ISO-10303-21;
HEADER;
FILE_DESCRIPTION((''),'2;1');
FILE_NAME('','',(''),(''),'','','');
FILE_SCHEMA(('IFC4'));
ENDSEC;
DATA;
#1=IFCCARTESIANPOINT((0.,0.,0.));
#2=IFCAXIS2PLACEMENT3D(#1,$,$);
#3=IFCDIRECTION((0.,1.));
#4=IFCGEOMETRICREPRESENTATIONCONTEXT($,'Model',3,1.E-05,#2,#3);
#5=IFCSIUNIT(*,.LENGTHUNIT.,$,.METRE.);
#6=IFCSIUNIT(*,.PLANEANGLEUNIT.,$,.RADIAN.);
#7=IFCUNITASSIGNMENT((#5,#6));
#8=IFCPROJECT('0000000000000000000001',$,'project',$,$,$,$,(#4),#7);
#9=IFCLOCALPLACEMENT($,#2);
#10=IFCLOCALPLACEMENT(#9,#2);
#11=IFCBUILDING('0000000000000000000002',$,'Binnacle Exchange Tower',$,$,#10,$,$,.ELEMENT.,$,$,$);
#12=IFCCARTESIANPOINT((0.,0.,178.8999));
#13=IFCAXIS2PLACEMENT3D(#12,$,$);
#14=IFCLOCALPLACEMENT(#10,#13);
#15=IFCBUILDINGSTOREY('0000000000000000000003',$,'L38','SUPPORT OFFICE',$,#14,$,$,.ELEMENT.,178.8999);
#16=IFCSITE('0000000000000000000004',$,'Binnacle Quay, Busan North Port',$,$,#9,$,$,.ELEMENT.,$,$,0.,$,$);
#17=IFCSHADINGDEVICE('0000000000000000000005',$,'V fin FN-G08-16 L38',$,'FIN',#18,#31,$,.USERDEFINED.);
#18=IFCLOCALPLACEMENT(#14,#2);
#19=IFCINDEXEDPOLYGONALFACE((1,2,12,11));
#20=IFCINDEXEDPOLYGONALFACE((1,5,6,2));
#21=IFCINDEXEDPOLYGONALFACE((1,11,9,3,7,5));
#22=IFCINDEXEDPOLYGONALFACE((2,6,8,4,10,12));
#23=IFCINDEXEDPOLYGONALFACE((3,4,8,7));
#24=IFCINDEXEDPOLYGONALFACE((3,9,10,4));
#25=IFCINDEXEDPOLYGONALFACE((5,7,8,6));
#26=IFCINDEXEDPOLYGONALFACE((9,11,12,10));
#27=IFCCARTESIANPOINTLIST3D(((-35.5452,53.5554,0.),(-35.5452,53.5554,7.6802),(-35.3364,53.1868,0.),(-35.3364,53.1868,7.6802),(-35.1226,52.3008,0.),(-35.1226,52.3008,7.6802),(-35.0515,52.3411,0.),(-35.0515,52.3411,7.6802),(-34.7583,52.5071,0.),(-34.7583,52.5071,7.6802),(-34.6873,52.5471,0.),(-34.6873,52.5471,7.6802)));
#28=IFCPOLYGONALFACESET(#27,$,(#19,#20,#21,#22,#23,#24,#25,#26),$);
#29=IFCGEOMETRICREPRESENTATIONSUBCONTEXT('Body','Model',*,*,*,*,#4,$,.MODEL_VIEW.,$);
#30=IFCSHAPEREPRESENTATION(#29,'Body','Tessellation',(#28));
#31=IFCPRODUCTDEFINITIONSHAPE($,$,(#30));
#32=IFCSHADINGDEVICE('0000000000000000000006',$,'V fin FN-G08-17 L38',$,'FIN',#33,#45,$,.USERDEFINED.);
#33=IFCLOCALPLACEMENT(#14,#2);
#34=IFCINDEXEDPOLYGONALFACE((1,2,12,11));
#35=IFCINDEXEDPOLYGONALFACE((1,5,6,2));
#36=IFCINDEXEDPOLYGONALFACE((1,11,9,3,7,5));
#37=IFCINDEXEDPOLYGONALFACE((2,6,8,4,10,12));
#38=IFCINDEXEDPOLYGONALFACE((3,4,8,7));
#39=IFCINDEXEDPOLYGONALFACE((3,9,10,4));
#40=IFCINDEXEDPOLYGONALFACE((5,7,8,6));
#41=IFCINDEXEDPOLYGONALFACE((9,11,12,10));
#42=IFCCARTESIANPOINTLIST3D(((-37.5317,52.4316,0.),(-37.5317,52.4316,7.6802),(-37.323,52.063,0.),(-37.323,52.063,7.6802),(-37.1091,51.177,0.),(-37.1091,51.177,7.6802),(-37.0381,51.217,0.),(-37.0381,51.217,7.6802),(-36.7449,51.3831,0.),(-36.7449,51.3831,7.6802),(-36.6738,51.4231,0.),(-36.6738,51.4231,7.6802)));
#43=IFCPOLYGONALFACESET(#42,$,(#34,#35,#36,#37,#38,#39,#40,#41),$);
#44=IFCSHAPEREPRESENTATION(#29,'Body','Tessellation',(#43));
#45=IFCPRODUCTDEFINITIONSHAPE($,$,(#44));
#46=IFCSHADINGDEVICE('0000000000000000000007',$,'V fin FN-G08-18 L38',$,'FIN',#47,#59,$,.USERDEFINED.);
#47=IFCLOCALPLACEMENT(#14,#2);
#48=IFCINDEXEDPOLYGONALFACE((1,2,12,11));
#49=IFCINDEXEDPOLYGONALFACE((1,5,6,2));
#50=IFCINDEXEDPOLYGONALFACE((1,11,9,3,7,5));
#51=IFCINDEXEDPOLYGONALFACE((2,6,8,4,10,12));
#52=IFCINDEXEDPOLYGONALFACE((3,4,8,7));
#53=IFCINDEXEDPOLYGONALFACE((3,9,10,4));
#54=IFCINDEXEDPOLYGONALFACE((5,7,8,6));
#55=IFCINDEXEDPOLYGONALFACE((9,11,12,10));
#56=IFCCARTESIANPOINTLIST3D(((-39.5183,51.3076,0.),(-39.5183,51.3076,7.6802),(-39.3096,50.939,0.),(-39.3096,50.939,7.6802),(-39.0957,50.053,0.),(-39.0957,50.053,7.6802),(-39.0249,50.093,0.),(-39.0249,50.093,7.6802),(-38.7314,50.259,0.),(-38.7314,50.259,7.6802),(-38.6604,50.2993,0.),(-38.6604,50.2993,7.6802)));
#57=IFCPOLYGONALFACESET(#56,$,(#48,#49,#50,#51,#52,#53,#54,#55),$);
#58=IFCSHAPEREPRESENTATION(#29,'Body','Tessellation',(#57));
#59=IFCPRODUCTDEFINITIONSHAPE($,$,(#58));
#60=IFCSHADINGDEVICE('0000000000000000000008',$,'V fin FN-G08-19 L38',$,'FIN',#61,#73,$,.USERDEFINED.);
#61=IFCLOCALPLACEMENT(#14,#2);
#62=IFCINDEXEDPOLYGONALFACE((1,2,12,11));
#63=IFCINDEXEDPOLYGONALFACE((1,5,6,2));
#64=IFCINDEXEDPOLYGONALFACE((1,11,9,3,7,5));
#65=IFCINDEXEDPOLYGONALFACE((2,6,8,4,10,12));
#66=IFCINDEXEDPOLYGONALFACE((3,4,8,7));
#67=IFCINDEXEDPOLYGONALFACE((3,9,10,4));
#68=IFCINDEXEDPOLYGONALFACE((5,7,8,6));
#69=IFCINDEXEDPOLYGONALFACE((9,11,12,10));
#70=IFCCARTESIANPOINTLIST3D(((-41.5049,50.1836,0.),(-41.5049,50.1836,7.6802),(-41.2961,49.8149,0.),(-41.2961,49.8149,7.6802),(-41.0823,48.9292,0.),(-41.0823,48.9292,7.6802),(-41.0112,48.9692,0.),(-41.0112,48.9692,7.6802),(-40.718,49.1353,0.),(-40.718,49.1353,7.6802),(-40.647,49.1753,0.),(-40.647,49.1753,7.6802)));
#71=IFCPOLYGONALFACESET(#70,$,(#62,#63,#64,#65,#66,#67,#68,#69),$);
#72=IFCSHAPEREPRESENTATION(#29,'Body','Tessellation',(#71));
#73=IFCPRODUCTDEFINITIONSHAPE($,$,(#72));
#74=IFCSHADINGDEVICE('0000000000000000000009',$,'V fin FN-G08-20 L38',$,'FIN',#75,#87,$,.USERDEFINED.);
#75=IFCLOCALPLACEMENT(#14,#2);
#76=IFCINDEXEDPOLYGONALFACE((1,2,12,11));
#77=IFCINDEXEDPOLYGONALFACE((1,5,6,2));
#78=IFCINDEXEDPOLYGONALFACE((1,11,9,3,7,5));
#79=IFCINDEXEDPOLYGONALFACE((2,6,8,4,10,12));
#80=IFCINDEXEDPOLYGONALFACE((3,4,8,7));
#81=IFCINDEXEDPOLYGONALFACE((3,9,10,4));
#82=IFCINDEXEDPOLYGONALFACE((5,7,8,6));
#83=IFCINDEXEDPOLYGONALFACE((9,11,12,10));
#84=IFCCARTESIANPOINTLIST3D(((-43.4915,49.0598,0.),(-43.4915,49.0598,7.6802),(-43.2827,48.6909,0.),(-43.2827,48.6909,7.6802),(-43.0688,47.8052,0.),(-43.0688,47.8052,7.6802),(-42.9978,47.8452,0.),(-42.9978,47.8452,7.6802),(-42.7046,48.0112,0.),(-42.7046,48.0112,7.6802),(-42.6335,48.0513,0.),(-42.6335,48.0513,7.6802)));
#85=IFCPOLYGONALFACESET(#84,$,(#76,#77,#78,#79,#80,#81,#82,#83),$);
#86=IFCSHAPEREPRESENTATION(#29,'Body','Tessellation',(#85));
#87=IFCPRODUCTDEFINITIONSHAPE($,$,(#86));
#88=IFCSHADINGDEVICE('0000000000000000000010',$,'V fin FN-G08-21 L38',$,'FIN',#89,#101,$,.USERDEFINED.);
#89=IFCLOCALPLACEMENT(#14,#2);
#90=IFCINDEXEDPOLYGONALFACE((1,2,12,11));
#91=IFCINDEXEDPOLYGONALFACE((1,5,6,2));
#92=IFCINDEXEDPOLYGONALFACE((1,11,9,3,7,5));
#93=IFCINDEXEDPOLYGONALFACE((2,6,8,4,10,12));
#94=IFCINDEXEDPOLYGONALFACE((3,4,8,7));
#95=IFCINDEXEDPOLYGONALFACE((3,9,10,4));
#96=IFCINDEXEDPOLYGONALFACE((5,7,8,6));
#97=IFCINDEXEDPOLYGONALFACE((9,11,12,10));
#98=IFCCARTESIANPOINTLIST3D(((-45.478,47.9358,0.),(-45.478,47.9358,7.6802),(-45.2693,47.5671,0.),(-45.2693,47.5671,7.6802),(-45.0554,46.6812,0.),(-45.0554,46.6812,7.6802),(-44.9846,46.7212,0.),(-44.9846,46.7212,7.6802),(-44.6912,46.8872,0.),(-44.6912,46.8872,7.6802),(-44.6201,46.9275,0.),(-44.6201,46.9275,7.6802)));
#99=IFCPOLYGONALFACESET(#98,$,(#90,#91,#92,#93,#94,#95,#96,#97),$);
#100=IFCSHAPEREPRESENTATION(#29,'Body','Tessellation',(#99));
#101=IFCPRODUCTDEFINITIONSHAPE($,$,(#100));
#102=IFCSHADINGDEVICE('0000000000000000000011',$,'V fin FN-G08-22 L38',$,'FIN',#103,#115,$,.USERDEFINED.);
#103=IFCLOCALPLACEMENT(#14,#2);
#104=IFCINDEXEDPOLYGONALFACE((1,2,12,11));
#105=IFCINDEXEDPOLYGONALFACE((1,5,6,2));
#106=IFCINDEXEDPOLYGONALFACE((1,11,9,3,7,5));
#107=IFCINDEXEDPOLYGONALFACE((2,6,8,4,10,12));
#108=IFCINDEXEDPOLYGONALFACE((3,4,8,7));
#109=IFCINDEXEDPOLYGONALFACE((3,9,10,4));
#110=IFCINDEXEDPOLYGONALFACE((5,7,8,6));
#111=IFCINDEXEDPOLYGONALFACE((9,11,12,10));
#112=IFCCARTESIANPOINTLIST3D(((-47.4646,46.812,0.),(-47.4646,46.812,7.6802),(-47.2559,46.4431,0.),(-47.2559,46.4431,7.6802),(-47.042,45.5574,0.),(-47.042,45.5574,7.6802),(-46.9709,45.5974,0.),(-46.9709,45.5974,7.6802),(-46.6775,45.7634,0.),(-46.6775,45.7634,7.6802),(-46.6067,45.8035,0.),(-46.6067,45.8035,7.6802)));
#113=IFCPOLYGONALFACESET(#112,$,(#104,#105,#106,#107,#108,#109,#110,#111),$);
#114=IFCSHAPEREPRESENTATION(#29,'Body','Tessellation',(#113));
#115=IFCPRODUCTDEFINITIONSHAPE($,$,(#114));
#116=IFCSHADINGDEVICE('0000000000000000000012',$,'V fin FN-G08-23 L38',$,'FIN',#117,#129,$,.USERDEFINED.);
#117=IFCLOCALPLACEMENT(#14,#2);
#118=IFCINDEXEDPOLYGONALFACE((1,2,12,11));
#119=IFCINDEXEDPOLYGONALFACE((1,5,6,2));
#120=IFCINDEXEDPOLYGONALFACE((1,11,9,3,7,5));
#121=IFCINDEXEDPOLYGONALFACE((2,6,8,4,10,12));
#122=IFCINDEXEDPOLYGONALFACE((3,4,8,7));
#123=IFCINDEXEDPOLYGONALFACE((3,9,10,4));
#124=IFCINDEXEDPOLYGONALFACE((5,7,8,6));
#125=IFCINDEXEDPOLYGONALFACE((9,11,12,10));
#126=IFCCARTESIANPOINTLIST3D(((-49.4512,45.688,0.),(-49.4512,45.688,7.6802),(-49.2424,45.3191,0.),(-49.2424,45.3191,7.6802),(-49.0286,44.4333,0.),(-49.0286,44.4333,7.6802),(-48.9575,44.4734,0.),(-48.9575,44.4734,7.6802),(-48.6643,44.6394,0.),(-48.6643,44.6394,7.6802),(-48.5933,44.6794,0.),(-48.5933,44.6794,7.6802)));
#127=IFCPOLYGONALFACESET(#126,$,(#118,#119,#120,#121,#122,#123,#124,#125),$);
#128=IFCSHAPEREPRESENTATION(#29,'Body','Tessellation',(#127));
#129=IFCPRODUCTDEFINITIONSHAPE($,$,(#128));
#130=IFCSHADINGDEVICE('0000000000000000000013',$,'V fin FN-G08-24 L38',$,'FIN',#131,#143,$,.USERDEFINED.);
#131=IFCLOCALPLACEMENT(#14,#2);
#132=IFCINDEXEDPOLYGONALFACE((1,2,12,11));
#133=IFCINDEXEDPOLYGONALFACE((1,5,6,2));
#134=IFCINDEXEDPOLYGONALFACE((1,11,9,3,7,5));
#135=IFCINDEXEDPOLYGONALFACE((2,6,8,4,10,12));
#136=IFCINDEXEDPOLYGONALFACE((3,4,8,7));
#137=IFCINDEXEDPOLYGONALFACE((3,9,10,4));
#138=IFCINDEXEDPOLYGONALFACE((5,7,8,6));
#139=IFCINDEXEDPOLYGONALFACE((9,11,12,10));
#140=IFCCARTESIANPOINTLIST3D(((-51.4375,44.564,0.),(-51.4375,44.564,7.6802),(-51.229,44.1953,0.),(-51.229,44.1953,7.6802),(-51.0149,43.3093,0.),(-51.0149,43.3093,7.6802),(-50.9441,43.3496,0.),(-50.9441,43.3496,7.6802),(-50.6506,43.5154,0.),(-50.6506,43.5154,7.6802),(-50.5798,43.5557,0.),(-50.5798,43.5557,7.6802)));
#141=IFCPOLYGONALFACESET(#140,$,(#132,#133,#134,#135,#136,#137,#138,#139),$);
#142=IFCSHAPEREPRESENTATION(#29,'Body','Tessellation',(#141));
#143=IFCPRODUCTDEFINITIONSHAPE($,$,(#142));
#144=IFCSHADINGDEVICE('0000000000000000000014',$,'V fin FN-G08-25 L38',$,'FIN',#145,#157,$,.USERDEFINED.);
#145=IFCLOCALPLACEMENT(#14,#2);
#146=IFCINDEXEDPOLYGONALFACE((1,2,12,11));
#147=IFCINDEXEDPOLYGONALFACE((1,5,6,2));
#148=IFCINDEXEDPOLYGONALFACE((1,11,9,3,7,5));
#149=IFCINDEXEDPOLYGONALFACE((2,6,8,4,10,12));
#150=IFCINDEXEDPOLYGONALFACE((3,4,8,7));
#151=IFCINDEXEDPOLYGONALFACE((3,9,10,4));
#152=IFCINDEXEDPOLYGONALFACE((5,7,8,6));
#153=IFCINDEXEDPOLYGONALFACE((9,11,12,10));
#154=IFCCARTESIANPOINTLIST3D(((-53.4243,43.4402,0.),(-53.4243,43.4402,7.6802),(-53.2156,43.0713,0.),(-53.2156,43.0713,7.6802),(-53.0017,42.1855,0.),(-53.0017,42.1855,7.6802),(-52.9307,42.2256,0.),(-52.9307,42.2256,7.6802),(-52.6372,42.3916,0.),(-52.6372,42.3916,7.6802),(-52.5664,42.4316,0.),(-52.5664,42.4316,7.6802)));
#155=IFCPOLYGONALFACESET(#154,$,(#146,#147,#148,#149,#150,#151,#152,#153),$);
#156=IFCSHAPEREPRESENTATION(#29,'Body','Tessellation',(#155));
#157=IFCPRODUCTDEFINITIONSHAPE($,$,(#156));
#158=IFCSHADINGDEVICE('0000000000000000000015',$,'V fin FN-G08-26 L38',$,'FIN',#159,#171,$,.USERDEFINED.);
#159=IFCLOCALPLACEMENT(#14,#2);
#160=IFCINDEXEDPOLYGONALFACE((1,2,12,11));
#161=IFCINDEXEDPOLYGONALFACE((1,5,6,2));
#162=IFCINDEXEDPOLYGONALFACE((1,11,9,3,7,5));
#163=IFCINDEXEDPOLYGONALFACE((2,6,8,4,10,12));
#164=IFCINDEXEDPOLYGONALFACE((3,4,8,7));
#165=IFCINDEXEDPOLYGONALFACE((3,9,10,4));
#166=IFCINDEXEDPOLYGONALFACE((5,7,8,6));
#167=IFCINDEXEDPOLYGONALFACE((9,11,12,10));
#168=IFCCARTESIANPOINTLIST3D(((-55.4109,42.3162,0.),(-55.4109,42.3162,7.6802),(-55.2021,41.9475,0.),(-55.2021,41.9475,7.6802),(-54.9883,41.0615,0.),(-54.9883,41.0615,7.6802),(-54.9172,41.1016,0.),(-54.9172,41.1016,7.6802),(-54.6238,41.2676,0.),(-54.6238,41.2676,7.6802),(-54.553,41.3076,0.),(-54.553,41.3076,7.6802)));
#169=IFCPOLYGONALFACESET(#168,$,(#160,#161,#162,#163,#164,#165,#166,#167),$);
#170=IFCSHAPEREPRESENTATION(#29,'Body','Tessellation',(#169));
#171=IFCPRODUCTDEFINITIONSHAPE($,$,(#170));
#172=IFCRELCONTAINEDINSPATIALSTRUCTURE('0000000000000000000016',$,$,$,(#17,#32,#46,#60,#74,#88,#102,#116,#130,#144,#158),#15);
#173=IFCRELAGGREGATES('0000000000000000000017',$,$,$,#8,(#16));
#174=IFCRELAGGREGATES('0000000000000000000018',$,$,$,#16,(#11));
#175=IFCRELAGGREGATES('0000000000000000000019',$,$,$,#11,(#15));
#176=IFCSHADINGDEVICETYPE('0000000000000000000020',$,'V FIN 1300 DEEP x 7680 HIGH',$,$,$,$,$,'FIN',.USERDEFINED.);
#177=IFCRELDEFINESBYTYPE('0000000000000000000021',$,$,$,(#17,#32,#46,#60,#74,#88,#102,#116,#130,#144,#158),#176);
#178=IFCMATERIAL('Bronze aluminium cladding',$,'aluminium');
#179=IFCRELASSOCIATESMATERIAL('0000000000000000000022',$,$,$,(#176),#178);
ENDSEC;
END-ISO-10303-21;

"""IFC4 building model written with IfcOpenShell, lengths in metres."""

from ifc_helpers import new_model, si_unit, direction, frame, origin, place, context, subcontext, project, spatial, polyline, outline, extrude, material, type_object, element, save


model = new_model("IFC4")

# Units and contexts
model_context = context("Model", 3, precision=1e-05, world=origin(), true_north=direction((0.0, 1.0)))
body_context = subcontext(model_context, "Body", "Model", "MODEL_VIEW")
ifc_project = project(units=[si_unit("LENGTHUNIT", "METRE"), si_unit("PLANEANGLEUNIT", "RADIAN")], contexts=[model_context])

# Site, building, storey
site_placement = place(None, origin())
site = spatial("IfcSite", under=ifc_project, at=site_placement, Name="Binnacle Quay, Busan North Port", CompositionType="ELEMENT", RefElevation=0.0)
building_placement = place(site_placement, origin())
building = spatial("IfcBuilding", under=site, at=building_placement, Name="Binnacle Exchange Tower", CompositionType="ELEMENT")
storey_placement = place(building_placement, frame((0.0, 0.0, 178.8999)))
storey = spatial("IfcBuildingStorey", under=building, at=storey_placement, Name="L38", Description="SUPPORT OFFICE", CompositionType="ELEMENT", Elevation=178.8999)

# Shading devices
ifc_material = material(Name="Bronze aluminium cladding", Category="aluminium")
shading_device_type = type_object("IfcShadingDeviceType", Name="V FIN 1300 DEEP x 7680 HIGH", ElementType="FIN", PredefinedType="USERDEFINED", material=ifc_material)
shading_device_1_placement = place(storey_placement, origin())
element("IfcShadingDevice", 1, at=shading_device_1_placement, inside=storey, type_object=shading_device_type, Name="V fin FN-G08-16 L38", ObjectType="FIN", PredefinedType="USERDEFINED", context=body_context, shape_type="SweptSolid", body=[
    extrude(outline(polyline([(-34.6873, 52.5471), (-35.5452, 53.5554), (-35.1226, 52.3008), (-35.0515, 52.3411), (-35.3364, 53.1868), (-34.7583, 52.5071), (-34.6873, 52.5471)])), origin(), (0.0, 0.0, 1.0), 7.6802),
])
shading_device_2_placement = place(storey_placement, origin())
element("IfcShadingDevice", 2, at=shading_device_2_placement, inside=storey, type_object=shading_device_type, Name="V fin FN-G08-17 L38", ObjectType="FIN", PredefinedType="USERDEFINED", context=body_context, shape_type="SweptSolid", body=[
    extrude(outline(polyline([(-36.6738, 51.4231), (-37.5317, 52.4316), (-37.1091, 51.177), (-37.0381, 51.217), (-37.323, 52.063), (-36.7449, 51.3831), (-36.6738, 51.4231)])), origin(), (0.0, 0.0, 1.0), 7.6802),
])
shading_device_3_placement = place(storey_placement, origin())
element("IfcShadingDevice", 3, at=shading_device_3_placement, inside=storey, type_object=shading_device_type, Name="V fin FN-G08-18 L38", ObjectType="FIN", PredefinedType="USERDEFINED", context=body_context, shape_type="SweptSolid", body=[
    extrude(outline(polyline([(-38.6604, 50.2993), (-39.5183, 51.3076), (-39.0957, 50.053), (-39.0249, 50.093), (-39.3096, 50.939), (-38.7314, 50.259), (-38.6604, 50.2993)])), origin(), (0.0, 0.0, 1.0), 7.6802),
])
shading_device_4_placement = place(storey_placement, origin())
element("IfcShadingDevice", 4, at=shading_device_4_placement, inside=storey, type_object=shading_device_type, Name="V fin FN-G08-19 L38", ObjectType="FIN", PredefinedType="USERDEFINED", context=body_context, shape_type="SweptSolid", body=[
    extrude(outline(polyline([(-40.647, 49.1753), (-41.5049, 50.1836), (-41.0823, 48.9292), (-41.0112, 48.9692), (-41.2961, 49.8149), (-40.718, 49.1353), (-40.647, 49.1753)])), origin(), (0.0, 0.0, 1.0), 7.6802),
])
shading_device_5_placement = place(storey_placement, origin())
element("IfcShadingDevice", 5, at=shading_device_5_placement, inside=storey, type_object=shading_device_type, Name="V fin FN-G08-20 L38", ObjectType="FIN", PredefinedType="USERDEFINED", context=body_context, shape_type="SweptSolid", body=[
    extrude(outline(polyline([(-42.6335, 48.0513), (-43.4915, 49.0598), (-43.0688, 47.8052), (-42.9978, 47.8452), (-43.2827, 48.6909), (-42.7046, 48.0112), (-42.6335, 48.0513)])), origin(), (0.0, 0.0, 1.0), 7.6802),
])
shading_device_6_placement = place(storey_placement, origin())
element("IfcShadingDevice", 6, at=shading_device_6_placement, inside=storey, type_object=shading_device_type, Name="V fin FN-G08-21 L38", ObjectType="FIN", PredefinedType="USERDEFINED", context=body_context, shape_type="SweptSolid", body=[
    extrude(outline(polyline([(-44.6201, 46.9275), (-45.478, 47.9358), (-45.0554, 46.6812), (-44.9846, 46.7212), (-45.2693, 47.5671), (-44.6912, 46.8872), (-44.6201, 46.9275)])), origin(), (0.0, 0.0, 1.0), 7.6802),
])
shading_device_7_placement = place(storey_placement, origin())
element("IfcShadingDevice", 7, at=shading_device_7_placement, inside=storey, type_object=shading_device_type, Name="V fin FN-G08-22 L38", ObjectType="FIN", PredefinedType="USERDEFINED", context=body_context, shape_type="SweptSolid", body=[
    extrude(outline(polyline([(-46.6067, 45.8035), (-47.4646, 46.812), (-47.042, 45.5574), (-46.9709, 45.5974), (-47.2559, 46.4431), (-46.6775, 45.7634), (-46.6067, 45.8035)])), origin(), (0.0, 0.0, 1.0), 7.6802),
])
shading_device_8_placement = place(storey_placement, origin())
element("IfcShadingDevice", 8, at=shading_device_8_placement, inside=storey, type_object=shading_device_type, Name="V fin FN-G08-23 L38", ObjectType="FIN", PredefinedType="USERDEFINED", context=body_context, shape_type="SweptSolid", body=[
    extrude(outline(polyline([(-48.5933, 44.6794), (-49.4512, 45.688), (-49.0286, 44.4333), (-48.9575, 44.4734), (-49.2424, 45.3191), (-48.6643, 44.6394), (-48.5933, 44.6794)])), origin(), (0.0, 0.0, 1.0), 7.6802),
])
shading_device_9_placement = place(storey_placement, origin())
element("IfcShadingDevice", 9, at=shading_device_9_placement, inside=storey, type_object=shading_device_type, Name="V fin FN-G08-24 L38", ObjectType="FIN", PredefinedType="USERDEFINED", context=body_context, shape_type="SweptSolid", body=[
    extrude(outline(polyline([(-50.5798, 43.5557), (-51.4375, 44.564), (-51.0149, 43.3093), (-50.9441, 43.3496), (-51.229, 44.1953), (-50.6506, 43.5154), (-50.5798, 43.5557)])), origin(), (0.0, 0.0, 1.0), 7.6802),
])
shading_device_10_placement = place(storey_placement, origin())
element("IfcShadingDevice", 10, at=shading_device_10_placement, inside=storey, type_object=shading_device_type, Name="V fin FN-G08-25 L38", ObjectType="FIN", PredefinedType="USERDEFINED", context=body_context, shape_type="SweptSolid", body=[
    extrude(outline(polyline([(-52.5664, 42.4316), (-53.4243, 43.4402), (-53.0017, 42.1855), (-52.9307, 42.2256), (-53.2156, 43.0713), (-52.6372, 42.3916), (-52.5664, 42.4316)])), origin(), (0.0, 0.0, 1.0), 7.6802),
])
shading_device_11_placement = place(storey_placement, origin())
element("IfcShadingDevice", 11, at=shading_device_11_placement, inside=storey, type_object=shading_device_type, Name="V fin FN-G08-26 L38", ObjectType="FIN", PredefinedType="USERDEFINED", context=body_context, shape_type="SweptSolid", body=[
    extrude(outline(polyline([(-54.553, 41.3076), (-55.4109, 42.3162), (-54.9883, 41.0615), (-54.9172, 41.1016), (-55.2021, 41.9475), (-54.6238, 41.2676), (-54.553, 41.3076)])), origin(), (0.0, 0.0, 1.0), 7.6802),
])

save(model, "model.ifc")
